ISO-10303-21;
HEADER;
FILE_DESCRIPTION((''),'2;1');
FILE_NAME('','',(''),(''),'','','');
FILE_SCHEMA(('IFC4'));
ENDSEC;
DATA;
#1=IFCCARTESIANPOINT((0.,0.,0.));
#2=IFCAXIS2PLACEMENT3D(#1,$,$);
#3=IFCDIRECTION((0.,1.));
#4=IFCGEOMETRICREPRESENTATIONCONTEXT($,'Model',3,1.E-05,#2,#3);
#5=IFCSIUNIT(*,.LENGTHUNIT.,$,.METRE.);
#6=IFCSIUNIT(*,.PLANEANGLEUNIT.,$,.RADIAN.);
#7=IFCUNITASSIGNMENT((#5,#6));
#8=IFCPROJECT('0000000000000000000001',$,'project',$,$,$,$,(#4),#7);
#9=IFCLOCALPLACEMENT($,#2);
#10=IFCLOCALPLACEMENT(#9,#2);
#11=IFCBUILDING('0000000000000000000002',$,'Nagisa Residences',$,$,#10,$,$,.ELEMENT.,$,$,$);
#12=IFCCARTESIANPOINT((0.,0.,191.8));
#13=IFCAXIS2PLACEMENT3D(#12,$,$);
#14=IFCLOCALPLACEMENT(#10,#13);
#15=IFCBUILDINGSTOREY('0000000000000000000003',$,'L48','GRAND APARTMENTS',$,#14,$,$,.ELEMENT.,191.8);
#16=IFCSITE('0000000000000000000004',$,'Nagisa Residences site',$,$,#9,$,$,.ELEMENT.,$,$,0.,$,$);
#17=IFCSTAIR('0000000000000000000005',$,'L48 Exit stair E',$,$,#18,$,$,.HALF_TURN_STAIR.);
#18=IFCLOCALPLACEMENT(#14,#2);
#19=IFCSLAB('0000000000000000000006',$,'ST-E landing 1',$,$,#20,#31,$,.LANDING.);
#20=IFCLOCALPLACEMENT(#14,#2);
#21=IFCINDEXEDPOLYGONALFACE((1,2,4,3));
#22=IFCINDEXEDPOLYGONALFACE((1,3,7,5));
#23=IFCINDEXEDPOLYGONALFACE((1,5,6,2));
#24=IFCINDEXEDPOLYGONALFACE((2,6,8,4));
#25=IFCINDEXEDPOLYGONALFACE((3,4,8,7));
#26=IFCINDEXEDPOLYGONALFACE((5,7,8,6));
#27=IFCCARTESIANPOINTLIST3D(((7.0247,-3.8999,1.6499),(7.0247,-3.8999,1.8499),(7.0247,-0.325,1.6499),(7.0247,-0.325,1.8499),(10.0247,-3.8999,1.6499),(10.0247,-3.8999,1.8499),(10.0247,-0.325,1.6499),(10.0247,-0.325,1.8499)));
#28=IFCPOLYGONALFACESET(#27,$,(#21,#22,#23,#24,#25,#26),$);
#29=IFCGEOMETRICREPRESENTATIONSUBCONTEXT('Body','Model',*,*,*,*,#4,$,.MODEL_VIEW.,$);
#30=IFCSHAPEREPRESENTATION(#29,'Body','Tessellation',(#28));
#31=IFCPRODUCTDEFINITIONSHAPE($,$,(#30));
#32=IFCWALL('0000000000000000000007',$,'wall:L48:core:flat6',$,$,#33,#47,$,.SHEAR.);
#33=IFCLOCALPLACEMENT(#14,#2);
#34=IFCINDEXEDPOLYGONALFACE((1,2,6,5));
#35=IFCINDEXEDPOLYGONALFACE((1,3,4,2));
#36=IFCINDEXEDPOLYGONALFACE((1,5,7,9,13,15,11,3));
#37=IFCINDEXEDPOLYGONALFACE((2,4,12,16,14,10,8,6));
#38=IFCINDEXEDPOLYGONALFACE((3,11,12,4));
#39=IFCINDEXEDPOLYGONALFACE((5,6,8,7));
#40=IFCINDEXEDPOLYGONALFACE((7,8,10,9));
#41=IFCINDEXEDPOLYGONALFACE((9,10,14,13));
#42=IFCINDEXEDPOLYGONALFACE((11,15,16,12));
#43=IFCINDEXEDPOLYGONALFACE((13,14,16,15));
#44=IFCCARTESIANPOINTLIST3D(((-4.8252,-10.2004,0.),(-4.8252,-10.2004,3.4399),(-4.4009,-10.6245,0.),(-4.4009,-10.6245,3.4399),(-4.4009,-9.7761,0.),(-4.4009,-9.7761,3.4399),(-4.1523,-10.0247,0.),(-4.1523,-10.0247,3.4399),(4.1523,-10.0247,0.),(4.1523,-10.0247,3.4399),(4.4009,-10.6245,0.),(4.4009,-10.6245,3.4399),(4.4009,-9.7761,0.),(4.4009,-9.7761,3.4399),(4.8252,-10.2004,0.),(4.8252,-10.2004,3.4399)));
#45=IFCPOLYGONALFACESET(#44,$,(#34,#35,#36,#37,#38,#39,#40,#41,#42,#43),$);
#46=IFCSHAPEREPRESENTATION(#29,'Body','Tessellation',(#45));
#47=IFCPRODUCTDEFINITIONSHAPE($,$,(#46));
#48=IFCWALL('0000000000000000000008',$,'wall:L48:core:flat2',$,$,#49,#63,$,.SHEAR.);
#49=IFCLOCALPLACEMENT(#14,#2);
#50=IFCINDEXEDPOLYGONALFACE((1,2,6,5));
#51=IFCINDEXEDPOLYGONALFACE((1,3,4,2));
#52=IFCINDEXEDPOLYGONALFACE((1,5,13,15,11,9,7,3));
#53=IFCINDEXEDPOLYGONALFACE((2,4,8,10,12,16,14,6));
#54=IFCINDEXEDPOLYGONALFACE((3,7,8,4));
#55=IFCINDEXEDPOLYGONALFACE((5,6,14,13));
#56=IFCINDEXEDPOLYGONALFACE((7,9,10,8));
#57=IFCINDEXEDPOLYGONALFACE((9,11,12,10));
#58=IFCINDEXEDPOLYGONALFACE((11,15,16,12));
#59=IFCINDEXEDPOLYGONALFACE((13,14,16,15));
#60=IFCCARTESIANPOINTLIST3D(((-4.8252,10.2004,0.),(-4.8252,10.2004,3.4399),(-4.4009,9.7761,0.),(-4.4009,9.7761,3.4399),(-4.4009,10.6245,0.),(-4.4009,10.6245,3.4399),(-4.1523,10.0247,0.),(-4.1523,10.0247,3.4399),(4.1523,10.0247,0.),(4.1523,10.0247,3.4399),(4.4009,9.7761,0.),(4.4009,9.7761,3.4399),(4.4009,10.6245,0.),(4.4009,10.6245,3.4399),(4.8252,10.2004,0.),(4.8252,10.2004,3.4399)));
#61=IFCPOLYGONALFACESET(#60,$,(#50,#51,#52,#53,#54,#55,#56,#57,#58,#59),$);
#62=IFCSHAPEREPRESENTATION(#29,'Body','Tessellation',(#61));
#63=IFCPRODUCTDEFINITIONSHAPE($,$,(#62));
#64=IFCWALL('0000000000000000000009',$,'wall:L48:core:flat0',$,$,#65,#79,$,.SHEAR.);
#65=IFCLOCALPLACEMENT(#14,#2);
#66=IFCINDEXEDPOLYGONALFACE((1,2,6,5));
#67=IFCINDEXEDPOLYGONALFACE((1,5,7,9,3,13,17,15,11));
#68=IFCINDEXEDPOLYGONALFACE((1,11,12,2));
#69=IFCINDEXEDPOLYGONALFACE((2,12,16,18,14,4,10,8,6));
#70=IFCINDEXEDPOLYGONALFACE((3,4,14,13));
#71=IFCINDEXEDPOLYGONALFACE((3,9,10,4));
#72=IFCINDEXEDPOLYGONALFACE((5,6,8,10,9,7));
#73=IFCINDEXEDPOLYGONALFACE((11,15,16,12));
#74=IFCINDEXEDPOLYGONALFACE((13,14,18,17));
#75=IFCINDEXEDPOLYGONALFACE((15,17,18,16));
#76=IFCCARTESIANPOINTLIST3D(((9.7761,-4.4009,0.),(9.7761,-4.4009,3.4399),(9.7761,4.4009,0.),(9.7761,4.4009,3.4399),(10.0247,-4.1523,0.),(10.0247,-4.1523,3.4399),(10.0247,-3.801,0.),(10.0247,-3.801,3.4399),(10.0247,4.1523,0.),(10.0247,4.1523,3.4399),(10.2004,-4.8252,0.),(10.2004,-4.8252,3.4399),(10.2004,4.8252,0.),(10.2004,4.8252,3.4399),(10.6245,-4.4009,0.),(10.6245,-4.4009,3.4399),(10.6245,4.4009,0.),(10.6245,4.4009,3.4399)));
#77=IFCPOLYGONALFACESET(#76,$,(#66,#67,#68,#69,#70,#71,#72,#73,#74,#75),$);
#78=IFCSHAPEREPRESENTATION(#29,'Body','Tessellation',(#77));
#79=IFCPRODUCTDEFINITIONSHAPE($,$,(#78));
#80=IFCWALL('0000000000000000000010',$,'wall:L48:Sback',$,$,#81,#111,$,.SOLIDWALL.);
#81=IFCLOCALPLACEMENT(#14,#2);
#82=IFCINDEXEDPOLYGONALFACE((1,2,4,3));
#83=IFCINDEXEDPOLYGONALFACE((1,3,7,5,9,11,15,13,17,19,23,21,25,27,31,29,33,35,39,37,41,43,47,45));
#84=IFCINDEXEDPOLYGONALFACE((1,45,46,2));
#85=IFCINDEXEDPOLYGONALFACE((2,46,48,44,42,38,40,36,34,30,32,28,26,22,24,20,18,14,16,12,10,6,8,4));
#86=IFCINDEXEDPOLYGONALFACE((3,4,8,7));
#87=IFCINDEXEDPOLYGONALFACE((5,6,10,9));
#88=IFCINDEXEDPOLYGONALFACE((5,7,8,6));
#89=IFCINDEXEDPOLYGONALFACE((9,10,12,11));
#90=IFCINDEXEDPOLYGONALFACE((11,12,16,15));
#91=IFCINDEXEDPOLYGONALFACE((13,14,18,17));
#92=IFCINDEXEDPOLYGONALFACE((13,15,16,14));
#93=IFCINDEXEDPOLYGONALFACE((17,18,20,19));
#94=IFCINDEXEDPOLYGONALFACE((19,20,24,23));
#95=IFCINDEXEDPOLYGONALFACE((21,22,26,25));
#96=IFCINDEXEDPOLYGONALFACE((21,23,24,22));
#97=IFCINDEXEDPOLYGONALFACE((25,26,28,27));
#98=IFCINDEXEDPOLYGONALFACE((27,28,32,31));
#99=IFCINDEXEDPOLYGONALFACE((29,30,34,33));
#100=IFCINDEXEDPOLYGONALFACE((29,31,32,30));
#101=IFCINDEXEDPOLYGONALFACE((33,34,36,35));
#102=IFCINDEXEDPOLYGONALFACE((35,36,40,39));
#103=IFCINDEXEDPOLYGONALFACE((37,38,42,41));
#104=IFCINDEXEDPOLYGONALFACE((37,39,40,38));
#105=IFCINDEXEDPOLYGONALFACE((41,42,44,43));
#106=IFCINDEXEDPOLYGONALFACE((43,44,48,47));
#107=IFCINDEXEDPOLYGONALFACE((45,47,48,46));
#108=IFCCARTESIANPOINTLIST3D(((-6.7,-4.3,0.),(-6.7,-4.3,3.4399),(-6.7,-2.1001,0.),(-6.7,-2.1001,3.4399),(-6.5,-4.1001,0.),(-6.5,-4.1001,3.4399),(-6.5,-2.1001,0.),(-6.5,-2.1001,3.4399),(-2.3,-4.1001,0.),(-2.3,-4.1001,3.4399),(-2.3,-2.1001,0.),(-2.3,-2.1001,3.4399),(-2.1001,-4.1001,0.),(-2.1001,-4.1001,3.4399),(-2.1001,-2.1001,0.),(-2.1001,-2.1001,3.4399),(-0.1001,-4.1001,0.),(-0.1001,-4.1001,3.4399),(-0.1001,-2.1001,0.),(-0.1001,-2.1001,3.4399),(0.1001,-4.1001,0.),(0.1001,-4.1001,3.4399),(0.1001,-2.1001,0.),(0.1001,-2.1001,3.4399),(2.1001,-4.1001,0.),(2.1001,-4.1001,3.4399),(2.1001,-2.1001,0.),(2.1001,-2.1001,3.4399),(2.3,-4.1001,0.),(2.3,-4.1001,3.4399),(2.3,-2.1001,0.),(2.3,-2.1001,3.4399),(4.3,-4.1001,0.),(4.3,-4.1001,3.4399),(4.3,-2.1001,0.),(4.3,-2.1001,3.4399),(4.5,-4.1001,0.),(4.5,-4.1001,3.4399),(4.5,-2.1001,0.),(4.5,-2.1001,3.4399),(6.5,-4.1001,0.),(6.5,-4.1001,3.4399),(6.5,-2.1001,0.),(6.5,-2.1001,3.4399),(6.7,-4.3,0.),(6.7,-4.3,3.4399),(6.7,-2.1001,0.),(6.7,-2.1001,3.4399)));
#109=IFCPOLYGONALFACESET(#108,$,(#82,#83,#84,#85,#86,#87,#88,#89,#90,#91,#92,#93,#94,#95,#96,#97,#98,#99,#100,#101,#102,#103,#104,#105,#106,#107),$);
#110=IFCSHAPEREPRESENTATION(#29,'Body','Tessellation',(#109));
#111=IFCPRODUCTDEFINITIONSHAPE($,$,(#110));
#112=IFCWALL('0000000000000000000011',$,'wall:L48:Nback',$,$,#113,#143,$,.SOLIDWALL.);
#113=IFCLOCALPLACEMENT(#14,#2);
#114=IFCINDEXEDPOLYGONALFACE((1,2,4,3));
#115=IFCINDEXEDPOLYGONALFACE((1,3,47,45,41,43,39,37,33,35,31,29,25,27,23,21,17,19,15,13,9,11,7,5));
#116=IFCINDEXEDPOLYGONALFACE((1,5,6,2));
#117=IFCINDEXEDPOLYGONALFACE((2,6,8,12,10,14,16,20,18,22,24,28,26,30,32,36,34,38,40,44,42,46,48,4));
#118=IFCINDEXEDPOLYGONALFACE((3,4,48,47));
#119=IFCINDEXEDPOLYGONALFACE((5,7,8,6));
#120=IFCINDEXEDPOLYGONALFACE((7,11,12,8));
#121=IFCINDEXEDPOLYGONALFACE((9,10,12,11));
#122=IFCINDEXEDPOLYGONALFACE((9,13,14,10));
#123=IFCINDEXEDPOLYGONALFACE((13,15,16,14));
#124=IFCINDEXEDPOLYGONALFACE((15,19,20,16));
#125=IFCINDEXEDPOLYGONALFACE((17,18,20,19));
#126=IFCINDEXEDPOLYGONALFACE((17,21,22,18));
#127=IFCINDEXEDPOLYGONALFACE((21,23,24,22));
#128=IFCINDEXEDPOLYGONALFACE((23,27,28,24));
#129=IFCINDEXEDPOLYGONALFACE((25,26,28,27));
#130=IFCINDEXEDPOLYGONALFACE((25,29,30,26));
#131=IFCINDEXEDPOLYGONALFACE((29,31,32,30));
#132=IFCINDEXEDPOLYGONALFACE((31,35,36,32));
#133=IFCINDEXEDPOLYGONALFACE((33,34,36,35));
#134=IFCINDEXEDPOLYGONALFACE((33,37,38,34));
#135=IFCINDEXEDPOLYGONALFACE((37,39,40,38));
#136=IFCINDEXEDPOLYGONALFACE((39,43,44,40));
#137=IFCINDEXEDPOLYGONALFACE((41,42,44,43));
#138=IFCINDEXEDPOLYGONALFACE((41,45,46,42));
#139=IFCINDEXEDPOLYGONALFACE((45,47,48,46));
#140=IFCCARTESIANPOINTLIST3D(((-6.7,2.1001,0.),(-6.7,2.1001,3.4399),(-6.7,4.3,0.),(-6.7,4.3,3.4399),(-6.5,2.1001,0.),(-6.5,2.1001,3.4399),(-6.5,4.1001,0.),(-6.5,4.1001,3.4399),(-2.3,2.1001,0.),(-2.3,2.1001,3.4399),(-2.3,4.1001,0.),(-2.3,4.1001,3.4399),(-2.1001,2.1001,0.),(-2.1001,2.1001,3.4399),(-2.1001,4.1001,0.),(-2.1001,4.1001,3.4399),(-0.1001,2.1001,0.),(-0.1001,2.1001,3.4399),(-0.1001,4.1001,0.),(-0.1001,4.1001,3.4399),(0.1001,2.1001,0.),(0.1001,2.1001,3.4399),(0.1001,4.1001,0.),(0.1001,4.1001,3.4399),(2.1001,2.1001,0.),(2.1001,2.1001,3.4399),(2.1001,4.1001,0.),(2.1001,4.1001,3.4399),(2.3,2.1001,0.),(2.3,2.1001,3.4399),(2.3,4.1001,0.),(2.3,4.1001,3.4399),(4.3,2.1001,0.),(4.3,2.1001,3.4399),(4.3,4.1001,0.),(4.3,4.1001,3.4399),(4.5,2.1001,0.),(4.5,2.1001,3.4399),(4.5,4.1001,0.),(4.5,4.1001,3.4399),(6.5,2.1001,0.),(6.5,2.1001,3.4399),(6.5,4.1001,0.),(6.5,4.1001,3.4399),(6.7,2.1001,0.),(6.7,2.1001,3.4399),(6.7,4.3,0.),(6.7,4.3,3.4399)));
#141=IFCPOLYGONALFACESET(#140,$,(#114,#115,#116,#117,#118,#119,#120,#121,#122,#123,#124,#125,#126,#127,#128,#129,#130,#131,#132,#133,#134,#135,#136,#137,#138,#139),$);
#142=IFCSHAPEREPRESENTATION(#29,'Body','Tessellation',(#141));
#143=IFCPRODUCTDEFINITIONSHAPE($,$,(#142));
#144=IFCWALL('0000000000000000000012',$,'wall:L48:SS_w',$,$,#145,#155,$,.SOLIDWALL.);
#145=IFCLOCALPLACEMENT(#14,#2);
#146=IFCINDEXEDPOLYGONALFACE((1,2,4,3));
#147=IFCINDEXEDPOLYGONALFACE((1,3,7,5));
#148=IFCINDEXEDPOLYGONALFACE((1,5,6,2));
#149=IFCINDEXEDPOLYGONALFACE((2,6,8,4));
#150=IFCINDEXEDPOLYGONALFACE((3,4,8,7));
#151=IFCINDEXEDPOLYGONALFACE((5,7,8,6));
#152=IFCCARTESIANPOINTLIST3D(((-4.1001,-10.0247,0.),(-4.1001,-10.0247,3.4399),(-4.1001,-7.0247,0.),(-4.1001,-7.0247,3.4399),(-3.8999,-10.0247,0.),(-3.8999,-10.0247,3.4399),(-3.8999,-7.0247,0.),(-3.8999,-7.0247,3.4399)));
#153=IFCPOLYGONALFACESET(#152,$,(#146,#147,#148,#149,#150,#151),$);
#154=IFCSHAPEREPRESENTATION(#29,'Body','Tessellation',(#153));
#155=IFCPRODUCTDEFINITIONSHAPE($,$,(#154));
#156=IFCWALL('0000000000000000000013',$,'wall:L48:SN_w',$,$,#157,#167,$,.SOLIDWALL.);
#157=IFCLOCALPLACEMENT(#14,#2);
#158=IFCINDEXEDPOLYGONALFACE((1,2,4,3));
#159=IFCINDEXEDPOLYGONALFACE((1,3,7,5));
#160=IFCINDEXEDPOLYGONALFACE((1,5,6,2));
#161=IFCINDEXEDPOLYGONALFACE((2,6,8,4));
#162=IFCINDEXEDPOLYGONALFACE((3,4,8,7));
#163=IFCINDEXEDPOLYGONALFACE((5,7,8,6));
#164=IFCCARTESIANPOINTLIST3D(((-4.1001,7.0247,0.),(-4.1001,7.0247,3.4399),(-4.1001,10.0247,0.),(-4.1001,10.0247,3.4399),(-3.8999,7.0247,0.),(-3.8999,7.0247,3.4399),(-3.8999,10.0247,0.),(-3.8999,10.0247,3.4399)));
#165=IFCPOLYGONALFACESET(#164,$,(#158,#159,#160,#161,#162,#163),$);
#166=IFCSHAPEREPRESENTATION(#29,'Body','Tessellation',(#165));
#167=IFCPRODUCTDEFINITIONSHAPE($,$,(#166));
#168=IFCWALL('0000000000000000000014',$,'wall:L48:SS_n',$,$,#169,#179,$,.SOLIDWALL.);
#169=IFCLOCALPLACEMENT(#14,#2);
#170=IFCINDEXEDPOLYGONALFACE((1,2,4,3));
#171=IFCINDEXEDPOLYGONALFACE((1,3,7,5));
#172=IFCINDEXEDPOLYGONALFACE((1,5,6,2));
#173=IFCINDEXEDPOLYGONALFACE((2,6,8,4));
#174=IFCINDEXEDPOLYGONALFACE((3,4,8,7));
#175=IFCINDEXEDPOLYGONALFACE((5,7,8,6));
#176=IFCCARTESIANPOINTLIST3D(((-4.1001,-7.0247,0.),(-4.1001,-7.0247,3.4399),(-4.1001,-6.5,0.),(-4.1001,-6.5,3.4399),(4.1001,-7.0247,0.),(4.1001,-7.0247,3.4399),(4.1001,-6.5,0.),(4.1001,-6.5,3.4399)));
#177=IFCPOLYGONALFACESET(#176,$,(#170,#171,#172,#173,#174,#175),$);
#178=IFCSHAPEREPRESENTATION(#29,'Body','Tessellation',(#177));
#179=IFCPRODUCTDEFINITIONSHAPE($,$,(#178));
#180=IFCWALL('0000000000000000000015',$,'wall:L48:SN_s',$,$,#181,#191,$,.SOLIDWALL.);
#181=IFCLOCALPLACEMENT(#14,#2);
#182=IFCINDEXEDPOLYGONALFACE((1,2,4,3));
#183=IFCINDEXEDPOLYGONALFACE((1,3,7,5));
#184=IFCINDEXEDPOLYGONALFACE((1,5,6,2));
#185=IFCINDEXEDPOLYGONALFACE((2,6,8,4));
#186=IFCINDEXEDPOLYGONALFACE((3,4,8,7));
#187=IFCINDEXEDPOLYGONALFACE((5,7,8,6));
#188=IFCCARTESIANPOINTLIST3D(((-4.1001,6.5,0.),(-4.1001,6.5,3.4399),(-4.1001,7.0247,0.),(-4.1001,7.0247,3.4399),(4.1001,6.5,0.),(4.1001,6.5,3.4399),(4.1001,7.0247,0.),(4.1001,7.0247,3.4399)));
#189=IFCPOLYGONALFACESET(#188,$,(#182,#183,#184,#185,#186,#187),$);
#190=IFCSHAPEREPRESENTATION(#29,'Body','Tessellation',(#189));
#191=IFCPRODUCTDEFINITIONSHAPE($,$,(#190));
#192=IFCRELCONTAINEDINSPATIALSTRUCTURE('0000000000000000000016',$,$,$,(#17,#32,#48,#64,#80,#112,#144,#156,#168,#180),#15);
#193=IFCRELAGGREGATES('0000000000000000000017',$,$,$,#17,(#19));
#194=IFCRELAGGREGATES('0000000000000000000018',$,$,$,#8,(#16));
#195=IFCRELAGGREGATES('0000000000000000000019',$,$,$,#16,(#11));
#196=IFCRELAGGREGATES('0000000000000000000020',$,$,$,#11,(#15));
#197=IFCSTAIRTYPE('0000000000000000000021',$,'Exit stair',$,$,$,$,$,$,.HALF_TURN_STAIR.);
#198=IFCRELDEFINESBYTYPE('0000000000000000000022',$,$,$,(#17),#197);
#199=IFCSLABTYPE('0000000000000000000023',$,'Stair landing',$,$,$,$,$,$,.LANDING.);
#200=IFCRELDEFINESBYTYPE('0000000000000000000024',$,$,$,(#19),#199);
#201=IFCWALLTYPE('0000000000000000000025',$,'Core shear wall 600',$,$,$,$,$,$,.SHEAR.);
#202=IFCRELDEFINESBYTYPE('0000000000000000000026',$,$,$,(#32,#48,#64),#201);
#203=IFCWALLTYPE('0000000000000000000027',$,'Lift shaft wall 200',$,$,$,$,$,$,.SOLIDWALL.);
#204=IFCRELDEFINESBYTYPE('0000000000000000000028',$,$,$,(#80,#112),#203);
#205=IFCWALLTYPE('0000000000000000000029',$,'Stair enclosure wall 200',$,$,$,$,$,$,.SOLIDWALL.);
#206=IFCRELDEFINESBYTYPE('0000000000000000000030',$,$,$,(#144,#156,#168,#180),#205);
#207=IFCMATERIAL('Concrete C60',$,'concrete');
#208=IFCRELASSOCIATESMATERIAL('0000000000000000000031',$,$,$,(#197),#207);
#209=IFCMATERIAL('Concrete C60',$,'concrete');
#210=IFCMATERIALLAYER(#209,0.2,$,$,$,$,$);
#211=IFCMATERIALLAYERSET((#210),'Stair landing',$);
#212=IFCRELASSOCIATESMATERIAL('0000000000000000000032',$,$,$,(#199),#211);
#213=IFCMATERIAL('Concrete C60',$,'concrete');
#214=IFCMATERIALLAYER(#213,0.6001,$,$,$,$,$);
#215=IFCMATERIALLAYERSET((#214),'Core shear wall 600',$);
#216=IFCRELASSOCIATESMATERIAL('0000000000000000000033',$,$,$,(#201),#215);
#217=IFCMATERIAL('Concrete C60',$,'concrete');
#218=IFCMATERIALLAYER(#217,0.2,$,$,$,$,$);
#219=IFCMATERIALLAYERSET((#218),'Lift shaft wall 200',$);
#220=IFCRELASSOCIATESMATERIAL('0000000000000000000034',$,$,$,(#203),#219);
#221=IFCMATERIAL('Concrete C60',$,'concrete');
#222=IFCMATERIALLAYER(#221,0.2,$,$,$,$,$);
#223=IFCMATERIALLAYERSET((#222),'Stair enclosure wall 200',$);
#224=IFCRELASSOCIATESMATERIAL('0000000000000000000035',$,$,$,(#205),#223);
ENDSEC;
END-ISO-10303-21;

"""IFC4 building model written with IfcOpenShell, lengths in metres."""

from ifc_helpers import new_model, si_unit, direction, frame, origin, place, context, subcontext, project, spatial, polyline, outline, extrude, material, layer, layer_set, type_object, element, aggregate, save


model = new_model("IFC4")

# Units and contexts
model_context = context("Model", 3, precision=1e-05, world=origin(), true_north=direction((0.0, 1.0)))
body_context = subcontext(model_context, "Body", "Model", "MODEL_VIEW")
ifc_project = project(units=[si_unit("LENGTHUNIT", "METRE"), si_unit("PLANEANGLEUNIT", "RADIAN")], contexts=[model_context])

# Site, building, storey
site_placement = place(None, origin())
site = spatial("IfcSite", under=ifc_project, at=site_placement, Name="Nagisa Residences site", CompositionType="ELEMENT", RefElevation=0.0)
building_placement = place(site_placement, origin())
building = spatial("IfcBuilding", under=site, at=building_placement, Name="Nagisa Residences", CompositionType="ELEMENT")
storey_placement = place(building_placement, frame((0.0, 0.0, 191.8)))
storey = spatial("IfcBuildingStorey", under=building, at=storey_placement, Name="L48", Description="GRAND APARTMENTS", CompositionType="ELEMENT", Elevation=191.8)

# Stair, slab
ifc_material_1 = material(Name="Concrete C60", Category="concrete")
stair_type = type_object("IfcStairType", Name="Exit stair", PredefinedType="HALF_TURN_STAIR", material=ifc_material_1)
stair_placement = place(storey_placement, origin())
stair = element("IfcStair", 1, at=stair_placement, inside=storey, type_object=stair_type, Name="L48 Exit stair E", PredefinedType="HALF_TURN_STAIR")
ifc_material_2 = material(Name="Concrete C60", Category="concrete")
ifc_layer_1 = layer(ifc_material_2, 0.2)
ifc_layer_set_1 = layer_set([ifc_layer_1], Name="Stair landing")
slab_type = type_object("IfcSlabType", Name="Stair landing", PredefinedType="LANDING", material=ifc_layer_set_1)
slab_placement = place(storey_placement, frame((0.0, 0.0, 1.6499)))
slab = element("IfcSlab", 2, at=slab_placement, type_object=slab_type, Name="ST-E landing 1", PredefinedType="LANDING", context=body_context, shape_type="SweptSolid", body=[
    extrude(outline(polyline([(7.0247, -0.325), (7.0247, -3.8999), (10.0247, -3.8999), (10.0247, -0.325), (7.0247, -0.325)])), origin(), (0.0, 0.0, 1.0), 0.2),
])
aggregate(stair, [slab])

# Walls
ifc_material_3 = material(Name="Concrete C60", Category="concrete")
ifc_layer_2 = layer(ifc_material_3, 0.6001)
ifc_layer_set_2 = layer_set([ifc_layer_2], Name="Core shear wall 600")
wall_type_1 = type_object("IfcWallType", Name="Core shear wall 600", PredefinedType="SHEAR", material=ifc_layer_set_2)
wall_1_placement = place(storey_placement, origin())
element("IfcWall", 3, at=wall_1_placement, inside=storey, type_object=wall_type_1, Name="wall:L48:core:flat6", PredefinedType="SHEAR", context=body_context, shape_type="SweptSolid", body=[
    extrude(outline(polyline([(-4.1523, -10.0247), (4.1523, -10.0247), (4.4009, -9.7761), (4.8252, -10.2004), (4.4009, -10.6245), (-4.4009, -10.6245), (-4.8252, -10.2004), (-4.4009, -9.7761), (-4.1523, -10.0247)])), origin(), (0.0, 0.0, 1.0), 3.4399),
])
wall_2_placement = place(storey_placement, origin())
element("IfcWall", 4, at=wall_2_placement, inside=storey, type_object=wall_type_1, Name="wall:L48:core:flat2", PredefinedType="SHEAR", context=body_context, shape_type="SweptSolid", body=[
    extrude(outline(polyline([(-4.1523, 10.0247), (-4.4009, 9.7761), (-4.8252, 10.2004), (-4.4009, 10.6245), (4.4009, 10.6245), (4.8252, 10.2004), (4.4009, 9.7761), (4.1523, 10.0247), (-4.1523, 10.0247)])), origin(), (0.0, 0.0, 1.0), 3.4399),
])
wall_3_placement = place(storey_placement, origin())
element("IfcWall", 5, at=wall_3_placement, inside=storey, type_object=wall_type_1, Name="wall:L48:core:flat0", PredefinedType="SHEAR", context=body_context, shape_type="SweptSolid", body=[
    extrude(outline(polyline([(9.7761, -4.4009), (10.0247, -4.1523), (10.0247, -3.801), (10.0247, 4.1523), (9.7761, 4.4009), (10.2004, 4.8252), (10.6245, 4.4009), (10.6245, -4.4009), (10.2004, -4.8252), (9.7761, -4.4009)])), origin(), (0.0, 0.0, 1.0), 3.4399),
])
ifc_material_4 = material(Name="Concrete C60", Category="concrete")
ifc_layer_3 = layer(ifc_material_4, 0.2)
ifc_layer_set_3 = layer_set([ifc_layer_3], Name="Lift shaft wall 200")
wall_type_2 = type_object("IfcWallType", Name="Lift shaft wall 200", PredefinedType="SOLIDWALL", material=ifc_layer_set_3)
wall_4_placement = place(storey_placement, origin())
element("IfcWall", 6, at=wall_4_placement, inside=storey, type_object=wall_type_2, Name="wall:L48:Sback", PredefinedType="SOLIDWALL", context=body_context, shape_type="SweptSolid", body=[
    extrude(outline(polyline([(-6.7, -2.1001), (-6.5, -2.1001), (-6.5, -4.1001), (-2.3, -4.1001), (-2.3, -2.1001), (-2.1001, -2.1001), (-2.1001, -4.1001), (-0.1001, -4.1001), (-0.1001, -2.1001), (0.1001, -2.1001), (0.1001, -4.1001), (2.1001, -4.1001), (2.1001, -2.1001), (2.3, -2.1001), (2.3, -4.1001), (4.3, -4.1001), (4.3, -2.1001), (4.5, -2.1001), (4.5, -4.1001), (6.5, -4.1001), (6.5, -2.1001), (6.7, -2.1001), (6.7, -4.3), (-6.7, -4.3), (-6.7, -2.1001)])), origin(), (0.0, 0.0, 1.0), 3.4399),
])
wall_5_placement = place(storey_placement, origin())
element("IfcWall", 7, at=wall_5_placement, inside=storey, type_object=wall_type_2, Name="wall:L48:Nback", PredefinedType="SOLIDWALL", context=body_context, shape_type="SweptSolid", body=[
    extrude(outline(polyline([(-6.7, 4.3), (6.7, 4.3), (6.7, 2.1001), (6.5, 2.1001), (6.5, 4.1001), (4.5, 4.1001), (4.5, 2.1001), (4.3, 2.1001), (4.3, 4.1001), (2.3, 4.1001), (2.3, 2.1001), (2.1001, 2.1001), (2.1001, 4.1001), (0.1001, 4.1001), (0.1001, 2.1001), (-0.1001, 2.1001), (-0.1001, 4.1001), (-2.1001, 4.1001), (-2.1001, 2.1001), (-2.3, 2.1001), (-2.3, 4.1001), (-6.5, 4.1001), (-6.5, 2.1001), (-6.7, 2.1001), (-6.7, 4.3)])), origin(), (0.0, 0.0, 1.0), 3.4399),
])
ifc_material_5 = material(Name="Concrete C60", Category="concrete")
ifc_layer_4 = layer(ifc_material_5, 0.2)
ifc_layer_set_4 = layer_set([ifc_layer_4], Name="Stair enclosure wall 200")
wall_type_3 = type_object("IfcWallType", Name="Stair enclosure wall 200", PredefinedType="SOLIDWALL", material=ifc_layer_set_4)
wall_6_placement = place(storey_placement, origin())
element("IfcWall", 8, at=wall_6_placement, inside=storey, type_object=wall_type_3, Name="wall:L48:SS_w", PredefinedType="SOLIDWALL", context=body_context, shape_type="SweptSolid", body=[
    extrude(outline(polyline([(-3.8999, -10.0247), (-4.1001, -10.0247), (-4.1001, -7.0247), (-3.8999, -7.0247), (-3.8999, -10.0247)])), origin(), (0.0, 0.0, 1.0), 3.4399),
])
wall_7_placement = place(storey_placement, origin())
element("IfcWall", 9, at=wall_7_placement, inside=storey, type_object=wall_type_3, Name="wall:L48:SN_w", PredefinedType="SOLIDWALL", context=body_context, shape_type="SweptSolid", body=[
    extrude(outline(polyline([(-3.8999, 7.0247), (-4.1001, 7.0247), (-4.1001, 10.0247), (-3.8999, 10.0247), (-3.8999, 7.0247)])), origin(), (0.0, 0.0, 1.0), 3.4399),
])
wall_8_placement = place(storey_placement, origin())
element("IfcWall", 10, at=wall_8_placement, inside=storey, type_object=wall_type_3, Name="wall:L48:SS_n", PredefinedType="SOLIDWALL", context=body_context, shape_type="SweptSolid", body=[
    extrude(outline(polyline([(4.1001, -7.0247), (-4.1001, -7.0247), (-4.1001, -6.5), (4.1001, -6.5), (4.1001, -7.0247)])), origin(), (0.0, 0.0, 1.0), 3.4399),
])
wall_9_placement = place(storey_placement, origin())
element("IfcWall", 11, at=wall_9_placement, inside=storey, type_object=wall_type_3, Name="wall:L48:SN_s", PredefinedType="SOLIDWALL", context=body_context, shape_type="SweptSolid", body=[
    extrude(outline(polyline([(4.1001, 6.5), (-4.1001, 6.5), (-4.1001, 7.0247), (4.1001, 7.0247), (4.1001, 6.5)])), origin(), (0.0, 0.0, 1.0), 3.4399),
])

save(model, "model.ifc")
